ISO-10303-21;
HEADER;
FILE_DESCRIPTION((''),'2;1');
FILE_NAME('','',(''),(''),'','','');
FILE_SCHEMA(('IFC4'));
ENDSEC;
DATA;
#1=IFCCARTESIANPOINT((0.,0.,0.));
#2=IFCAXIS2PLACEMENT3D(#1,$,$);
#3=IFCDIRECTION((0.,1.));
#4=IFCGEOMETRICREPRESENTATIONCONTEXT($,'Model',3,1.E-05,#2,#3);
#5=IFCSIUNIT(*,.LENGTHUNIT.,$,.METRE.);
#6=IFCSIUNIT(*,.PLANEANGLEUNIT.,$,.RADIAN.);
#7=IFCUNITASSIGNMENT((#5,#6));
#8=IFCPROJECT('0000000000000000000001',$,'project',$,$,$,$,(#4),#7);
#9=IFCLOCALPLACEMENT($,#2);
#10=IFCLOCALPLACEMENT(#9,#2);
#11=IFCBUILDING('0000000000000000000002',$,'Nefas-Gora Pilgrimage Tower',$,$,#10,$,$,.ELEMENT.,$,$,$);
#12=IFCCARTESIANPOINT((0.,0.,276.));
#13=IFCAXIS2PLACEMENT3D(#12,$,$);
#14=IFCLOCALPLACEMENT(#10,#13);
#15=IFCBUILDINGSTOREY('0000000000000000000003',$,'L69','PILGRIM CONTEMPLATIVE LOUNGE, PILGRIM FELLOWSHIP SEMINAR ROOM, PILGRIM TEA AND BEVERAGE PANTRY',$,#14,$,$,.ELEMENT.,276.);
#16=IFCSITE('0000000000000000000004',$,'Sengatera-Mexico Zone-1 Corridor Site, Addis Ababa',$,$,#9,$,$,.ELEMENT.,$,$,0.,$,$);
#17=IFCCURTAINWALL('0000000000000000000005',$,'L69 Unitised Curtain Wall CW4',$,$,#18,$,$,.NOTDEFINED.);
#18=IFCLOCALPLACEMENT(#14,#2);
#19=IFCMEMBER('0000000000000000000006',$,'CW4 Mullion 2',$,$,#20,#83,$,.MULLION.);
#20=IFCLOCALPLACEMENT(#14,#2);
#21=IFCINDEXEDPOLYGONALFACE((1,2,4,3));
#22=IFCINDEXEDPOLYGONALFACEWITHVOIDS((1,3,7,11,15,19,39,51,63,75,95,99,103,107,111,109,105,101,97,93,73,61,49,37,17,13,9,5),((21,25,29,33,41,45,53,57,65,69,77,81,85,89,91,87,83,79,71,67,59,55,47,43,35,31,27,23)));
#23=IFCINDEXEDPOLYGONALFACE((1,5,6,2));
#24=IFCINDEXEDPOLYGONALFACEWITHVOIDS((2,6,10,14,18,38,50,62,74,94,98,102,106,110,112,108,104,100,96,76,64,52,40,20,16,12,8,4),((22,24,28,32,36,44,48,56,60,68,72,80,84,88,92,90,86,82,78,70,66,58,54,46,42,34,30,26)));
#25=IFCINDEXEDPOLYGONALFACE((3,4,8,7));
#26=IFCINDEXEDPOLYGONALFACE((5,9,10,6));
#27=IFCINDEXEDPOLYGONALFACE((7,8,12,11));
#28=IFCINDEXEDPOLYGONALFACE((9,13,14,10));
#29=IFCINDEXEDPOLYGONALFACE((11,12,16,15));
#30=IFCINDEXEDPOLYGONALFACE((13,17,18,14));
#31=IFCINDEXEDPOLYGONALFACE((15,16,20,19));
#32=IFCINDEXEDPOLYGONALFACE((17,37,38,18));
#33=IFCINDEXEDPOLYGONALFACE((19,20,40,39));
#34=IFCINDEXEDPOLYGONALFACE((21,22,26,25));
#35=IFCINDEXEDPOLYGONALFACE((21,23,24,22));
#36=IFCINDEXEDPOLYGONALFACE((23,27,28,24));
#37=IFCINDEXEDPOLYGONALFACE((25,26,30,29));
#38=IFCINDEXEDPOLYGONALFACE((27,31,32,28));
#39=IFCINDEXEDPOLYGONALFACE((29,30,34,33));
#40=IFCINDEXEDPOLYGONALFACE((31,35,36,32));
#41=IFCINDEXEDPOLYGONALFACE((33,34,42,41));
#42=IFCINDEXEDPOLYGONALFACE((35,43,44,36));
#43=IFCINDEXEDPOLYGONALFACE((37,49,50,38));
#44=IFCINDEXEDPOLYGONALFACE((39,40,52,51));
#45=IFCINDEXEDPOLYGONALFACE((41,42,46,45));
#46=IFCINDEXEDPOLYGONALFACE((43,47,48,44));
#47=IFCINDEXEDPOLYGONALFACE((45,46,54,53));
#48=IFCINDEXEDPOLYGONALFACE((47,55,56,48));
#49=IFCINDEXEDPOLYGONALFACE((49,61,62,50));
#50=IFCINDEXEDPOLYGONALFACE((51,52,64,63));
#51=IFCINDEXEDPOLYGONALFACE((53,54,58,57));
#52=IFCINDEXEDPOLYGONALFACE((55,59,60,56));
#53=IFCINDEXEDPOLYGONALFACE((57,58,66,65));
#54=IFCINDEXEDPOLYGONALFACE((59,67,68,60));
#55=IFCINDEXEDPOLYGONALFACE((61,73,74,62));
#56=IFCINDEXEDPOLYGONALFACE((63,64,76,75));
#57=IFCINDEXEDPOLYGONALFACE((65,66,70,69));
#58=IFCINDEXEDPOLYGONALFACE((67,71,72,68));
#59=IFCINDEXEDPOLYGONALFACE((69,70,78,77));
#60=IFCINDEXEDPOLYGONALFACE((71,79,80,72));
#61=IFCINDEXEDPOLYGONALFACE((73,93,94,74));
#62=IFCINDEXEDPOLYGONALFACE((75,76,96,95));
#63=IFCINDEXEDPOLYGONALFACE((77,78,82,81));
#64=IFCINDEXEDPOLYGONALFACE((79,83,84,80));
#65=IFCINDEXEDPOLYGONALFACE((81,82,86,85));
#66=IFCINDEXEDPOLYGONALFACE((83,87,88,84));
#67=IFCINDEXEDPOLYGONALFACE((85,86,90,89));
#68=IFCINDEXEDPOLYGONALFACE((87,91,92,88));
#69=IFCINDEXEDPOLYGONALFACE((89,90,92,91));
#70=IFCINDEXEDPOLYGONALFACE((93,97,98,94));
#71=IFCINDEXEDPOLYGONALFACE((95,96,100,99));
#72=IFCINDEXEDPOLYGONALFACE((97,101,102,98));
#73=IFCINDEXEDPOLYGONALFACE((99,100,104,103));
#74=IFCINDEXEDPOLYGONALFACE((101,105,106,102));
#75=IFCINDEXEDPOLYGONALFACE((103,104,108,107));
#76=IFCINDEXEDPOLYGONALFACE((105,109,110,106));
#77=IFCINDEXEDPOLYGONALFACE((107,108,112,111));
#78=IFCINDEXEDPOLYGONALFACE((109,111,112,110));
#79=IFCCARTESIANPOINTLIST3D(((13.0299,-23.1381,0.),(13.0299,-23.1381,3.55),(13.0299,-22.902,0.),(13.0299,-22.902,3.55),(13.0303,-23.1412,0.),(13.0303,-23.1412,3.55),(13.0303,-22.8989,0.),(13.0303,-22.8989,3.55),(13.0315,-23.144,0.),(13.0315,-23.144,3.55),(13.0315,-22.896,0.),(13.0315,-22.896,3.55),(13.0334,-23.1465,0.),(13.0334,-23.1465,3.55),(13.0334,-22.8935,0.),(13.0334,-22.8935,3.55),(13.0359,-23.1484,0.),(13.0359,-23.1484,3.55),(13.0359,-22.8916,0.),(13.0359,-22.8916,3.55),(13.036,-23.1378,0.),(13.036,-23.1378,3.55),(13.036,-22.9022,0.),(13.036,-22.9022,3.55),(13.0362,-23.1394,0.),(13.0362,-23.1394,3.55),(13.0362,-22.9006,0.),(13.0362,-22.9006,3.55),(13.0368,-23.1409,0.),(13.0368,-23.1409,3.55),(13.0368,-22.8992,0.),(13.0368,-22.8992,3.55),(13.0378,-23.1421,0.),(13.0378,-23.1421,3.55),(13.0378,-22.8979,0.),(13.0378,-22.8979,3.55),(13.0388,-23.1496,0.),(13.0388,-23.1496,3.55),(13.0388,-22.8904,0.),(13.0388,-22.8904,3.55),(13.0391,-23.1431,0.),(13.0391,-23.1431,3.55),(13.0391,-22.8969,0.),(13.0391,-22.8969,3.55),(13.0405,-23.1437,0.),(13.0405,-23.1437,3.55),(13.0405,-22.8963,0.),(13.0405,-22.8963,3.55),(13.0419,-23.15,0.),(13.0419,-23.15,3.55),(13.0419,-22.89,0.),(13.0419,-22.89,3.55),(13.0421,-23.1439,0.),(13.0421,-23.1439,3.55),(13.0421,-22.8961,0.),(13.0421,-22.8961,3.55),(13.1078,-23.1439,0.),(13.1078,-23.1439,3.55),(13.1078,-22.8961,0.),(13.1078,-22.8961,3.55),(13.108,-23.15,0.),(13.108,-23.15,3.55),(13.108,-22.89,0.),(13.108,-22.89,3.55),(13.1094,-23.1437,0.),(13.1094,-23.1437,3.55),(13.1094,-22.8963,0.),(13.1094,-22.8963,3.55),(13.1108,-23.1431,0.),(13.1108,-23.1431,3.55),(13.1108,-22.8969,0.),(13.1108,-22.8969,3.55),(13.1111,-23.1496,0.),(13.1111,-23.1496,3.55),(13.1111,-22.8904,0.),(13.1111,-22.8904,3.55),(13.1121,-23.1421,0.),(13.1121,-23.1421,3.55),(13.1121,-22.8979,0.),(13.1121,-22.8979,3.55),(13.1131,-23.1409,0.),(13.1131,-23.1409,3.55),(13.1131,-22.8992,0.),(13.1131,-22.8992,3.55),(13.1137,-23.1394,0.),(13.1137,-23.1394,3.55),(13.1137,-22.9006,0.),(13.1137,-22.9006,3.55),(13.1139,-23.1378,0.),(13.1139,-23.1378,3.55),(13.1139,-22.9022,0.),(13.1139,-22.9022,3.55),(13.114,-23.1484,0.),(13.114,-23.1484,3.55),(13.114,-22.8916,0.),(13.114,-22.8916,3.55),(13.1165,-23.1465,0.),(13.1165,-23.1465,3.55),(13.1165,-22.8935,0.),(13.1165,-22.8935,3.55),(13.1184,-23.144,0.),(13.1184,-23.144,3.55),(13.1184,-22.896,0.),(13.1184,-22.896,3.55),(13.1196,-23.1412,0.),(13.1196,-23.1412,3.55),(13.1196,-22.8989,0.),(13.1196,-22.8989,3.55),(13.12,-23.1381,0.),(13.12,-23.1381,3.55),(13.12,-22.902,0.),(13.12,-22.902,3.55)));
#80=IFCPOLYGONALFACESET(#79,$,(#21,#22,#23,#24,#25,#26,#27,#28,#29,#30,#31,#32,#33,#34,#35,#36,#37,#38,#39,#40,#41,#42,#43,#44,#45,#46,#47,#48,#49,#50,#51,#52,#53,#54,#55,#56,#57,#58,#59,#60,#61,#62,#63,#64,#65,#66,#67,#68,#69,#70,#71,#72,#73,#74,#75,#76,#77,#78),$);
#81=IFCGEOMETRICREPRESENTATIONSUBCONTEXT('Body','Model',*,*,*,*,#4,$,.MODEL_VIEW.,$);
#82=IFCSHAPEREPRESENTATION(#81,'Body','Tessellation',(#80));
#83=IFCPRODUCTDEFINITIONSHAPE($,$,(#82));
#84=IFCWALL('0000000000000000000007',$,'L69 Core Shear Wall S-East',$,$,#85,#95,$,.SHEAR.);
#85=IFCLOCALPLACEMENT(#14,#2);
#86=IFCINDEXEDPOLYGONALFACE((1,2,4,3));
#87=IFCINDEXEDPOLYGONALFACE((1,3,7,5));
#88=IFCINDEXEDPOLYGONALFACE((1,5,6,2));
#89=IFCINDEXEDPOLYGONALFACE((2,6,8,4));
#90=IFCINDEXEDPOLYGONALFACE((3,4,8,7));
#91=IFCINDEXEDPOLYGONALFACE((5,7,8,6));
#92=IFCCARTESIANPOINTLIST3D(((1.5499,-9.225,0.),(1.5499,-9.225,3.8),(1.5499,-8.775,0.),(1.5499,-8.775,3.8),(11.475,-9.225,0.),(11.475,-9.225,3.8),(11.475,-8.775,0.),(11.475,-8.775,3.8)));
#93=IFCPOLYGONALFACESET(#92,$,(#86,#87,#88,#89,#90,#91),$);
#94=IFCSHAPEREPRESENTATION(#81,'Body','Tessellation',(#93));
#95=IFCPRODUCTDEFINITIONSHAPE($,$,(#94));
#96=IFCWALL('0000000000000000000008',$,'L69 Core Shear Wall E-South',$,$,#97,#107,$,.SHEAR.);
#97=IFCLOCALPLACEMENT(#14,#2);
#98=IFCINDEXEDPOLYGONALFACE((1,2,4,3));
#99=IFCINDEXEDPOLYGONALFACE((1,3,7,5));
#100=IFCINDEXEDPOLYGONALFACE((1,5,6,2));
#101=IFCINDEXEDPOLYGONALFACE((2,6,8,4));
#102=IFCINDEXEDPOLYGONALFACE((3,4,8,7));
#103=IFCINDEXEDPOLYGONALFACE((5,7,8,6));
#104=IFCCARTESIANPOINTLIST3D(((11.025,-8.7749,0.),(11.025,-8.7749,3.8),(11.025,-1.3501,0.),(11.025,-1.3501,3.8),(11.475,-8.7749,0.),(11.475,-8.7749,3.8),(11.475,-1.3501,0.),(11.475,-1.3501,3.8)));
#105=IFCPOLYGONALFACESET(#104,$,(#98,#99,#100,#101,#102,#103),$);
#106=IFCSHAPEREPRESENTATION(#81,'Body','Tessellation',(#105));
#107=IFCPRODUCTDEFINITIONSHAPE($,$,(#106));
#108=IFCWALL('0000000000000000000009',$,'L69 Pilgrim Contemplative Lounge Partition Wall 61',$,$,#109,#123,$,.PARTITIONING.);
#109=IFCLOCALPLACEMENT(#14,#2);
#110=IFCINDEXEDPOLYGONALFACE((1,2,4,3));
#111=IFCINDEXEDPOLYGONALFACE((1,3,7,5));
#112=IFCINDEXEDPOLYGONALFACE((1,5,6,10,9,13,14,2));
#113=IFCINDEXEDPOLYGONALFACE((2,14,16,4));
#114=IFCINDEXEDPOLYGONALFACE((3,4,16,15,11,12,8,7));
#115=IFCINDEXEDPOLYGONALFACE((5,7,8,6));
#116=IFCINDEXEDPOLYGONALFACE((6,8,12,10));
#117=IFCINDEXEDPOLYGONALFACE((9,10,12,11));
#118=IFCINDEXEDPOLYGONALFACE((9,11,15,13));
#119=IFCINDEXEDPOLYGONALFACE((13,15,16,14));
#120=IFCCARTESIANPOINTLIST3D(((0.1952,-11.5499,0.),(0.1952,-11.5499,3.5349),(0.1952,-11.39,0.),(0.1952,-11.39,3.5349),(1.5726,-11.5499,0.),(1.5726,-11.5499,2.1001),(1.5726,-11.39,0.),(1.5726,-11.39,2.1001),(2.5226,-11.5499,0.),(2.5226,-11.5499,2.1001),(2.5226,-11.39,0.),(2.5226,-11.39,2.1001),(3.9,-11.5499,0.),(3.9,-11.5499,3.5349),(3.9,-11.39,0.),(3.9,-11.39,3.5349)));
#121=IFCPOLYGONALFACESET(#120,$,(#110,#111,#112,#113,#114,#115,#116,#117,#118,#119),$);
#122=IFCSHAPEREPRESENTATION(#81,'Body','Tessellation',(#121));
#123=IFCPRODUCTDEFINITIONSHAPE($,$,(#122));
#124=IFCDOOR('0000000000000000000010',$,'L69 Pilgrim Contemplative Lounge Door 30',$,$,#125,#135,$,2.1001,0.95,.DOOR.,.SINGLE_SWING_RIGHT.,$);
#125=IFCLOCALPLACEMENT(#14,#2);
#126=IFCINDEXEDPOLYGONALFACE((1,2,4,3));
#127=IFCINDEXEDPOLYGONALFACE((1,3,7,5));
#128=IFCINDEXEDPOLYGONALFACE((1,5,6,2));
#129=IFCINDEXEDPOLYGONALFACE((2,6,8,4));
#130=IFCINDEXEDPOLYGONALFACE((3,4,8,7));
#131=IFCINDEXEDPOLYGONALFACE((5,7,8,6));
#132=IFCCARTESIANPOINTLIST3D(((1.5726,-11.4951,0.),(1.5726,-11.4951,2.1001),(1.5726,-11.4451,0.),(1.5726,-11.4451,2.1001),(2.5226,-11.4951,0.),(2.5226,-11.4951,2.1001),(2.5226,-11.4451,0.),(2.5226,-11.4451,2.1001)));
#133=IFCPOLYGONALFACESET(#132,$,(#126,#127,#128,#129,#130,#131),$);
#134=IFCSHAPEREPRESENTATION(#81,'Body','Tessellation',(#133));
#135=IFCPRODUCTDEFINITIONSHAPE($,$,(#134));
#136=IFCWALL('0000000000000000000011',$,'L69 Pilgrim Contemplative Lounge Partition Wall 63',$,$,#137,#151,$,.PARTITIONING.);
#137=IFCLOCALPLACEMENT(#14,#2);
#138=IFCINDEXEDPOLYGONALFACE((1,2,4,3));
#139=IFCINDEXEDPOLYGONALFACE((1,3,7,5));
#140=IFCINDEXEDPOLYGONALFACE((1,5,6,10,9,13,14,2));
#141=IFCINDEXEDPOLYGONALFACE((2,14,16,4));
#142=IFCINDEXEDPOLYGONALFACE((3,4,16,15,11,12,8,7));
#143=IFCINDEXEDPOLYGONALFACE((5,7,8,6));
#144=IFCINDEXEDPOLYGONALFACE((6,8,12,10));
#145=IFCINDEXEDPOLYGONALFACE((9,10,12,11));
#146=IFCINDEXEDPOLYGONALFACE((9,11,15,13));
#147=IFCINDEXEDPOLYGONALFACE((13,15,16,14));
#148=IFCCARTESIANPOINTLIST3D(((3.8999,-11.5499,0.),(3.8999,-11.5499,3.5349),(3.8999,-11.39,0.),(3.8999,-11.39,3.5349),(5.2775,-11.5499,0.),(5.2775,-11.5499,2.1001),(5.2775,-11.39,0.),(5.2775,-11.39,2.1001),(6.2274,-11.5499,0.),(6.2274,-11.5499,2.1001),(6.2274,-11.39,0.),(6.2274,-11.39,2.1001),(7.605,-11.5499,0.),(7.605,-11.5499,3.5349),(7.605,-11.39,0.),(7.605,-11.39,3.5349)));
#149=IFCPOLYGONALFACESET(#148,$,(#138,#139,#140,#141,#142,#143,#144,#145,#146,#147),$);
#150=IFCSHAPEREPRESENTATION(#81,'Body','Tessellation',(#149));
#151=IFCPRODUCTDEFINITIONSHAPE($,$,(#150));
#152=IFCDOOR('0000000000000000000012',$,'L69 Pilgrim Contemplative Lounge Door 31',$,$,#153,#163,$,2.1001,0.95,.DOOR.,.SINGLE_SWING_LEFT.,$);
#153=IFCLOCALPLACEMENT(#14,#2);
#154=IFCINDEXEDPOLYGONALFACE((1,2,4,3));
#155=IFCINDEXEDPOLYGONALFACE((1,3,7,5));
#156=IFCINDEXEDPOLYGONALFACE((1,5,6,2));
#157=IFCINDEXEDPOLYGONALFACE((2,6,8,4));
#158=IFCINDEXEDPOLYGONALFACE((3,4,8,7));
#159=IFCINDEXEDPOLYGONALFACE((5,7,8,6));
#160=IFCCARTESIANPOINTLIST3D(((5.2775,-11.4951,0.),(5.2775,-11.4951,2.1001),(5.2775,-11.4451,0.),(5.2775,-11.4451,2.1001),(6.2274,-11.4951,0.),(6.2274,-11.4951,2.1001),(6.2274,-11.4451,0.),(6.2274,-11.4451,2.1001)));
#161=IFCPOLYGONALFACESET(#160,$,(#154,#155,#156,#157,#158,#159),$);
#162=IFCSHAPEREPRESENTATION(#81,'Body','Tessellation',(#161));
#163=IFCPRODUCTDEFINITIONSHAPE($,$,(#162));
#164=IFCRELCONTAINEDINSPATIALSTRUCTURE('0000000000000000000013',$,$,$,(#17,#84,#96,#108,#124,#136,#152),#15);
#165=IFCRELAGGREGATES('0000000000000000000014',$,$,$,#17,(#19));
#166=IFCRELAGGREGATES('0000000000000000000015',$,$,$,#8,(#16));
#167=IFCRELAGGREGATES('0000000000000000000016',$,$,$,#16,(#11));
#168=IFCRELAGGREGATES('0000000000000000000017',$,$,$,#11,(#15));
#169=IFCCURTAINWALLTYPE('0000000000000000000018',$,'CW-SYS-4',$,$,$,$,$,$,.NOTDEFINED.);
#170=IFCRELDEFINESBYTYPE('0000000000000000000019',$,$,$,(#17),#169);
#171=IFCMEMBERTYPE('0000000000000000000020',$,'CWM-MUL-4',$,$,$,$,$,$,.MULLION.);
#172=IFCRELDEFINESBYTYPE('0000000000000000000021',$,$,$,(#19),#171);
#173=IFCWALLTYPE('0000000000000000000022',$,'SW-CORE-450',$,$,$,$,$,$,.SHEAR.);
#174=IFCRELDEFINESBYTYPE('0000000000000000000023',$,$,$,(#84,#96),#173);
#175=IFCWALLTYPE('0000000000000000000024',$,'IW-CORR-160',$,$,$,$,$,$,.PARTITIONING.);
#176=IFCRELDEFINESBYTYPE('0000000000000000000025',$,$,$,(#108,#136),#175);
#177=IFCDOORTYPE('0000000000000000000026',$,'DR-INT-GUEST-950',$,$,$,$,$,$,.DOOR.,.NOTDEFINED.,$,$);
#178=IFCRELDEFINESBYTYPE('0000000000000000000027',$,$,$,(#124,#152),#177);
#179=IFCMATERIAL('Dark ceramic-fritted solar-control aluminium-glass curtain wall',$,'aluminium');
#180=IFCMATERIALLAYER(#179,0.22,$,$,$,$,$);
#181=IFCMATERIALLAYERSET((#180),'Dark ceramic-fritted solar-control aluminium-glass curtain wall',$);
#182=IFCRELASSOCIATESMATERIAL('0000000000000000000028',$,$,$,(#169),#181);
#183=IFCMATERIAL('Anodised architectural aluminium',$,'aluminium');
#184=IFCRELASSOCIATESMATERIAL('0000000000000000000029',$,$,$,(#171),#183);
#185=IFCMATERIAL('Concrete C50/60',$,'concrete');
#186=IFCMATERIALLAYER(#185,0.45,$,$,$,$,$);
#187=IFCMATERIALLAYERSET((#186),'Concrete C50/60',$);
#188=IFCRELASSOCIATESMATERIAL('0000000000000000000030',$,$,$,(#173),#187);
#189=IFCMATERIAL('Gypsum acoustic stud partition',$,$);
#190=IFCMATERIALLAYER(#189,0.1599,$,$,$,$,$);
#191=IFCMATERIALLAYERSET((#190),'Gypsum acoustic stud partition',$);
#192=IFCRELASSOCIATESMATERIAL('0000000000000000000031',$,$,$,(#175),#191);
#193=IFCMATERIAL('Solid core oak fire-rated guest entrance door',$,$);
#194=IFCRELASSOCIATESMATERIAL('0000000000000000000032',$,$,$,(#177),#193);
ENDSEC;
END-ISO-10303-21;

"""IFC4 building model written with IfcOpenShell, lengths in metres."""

from ifc_helpers import new_model, si_unit, direction, frame, frame_2d, origin, origin_2d, place, context, subcontext, project, spatial, rectangle, hollow_rectangle, extrude, source, transform, mapped, material, layer, layer_set, material_profile, profile_set, type_object, element, fill, aggregate, save


model = new_model("IFC4")

# Units and contexts
model_context = context("Model", 3, precision=1e-05, world=origin(), true_north=direction((0.0, 1.0)))
body_context = subcontext(model_context, "Body", "Model", "MODEL_VIEW")
ifc_project = project(units=[si_unit("LENGTHUNIT", "METRE"), si_unit("PLANEANGLEUNIT", "RADIAN")], contexts=[model_context])

# Site, building, storey
site_placement = place(None, origin())
site = spatial("IfcSite", under=ifc_project, at=site_placement, Name="Sengatera-Mexico Zone-1 Corridor Site, Addis Ababa", CompositionType="ELEMENT", RefElevation=0.0)
building_placement = place(site_placement, origin())
building = spatial("IfcBuilding", under=site, at=building_placement, Name="Nefas-Gora Pilgrimage Tower", CompositionType="ELEMENT")
storey_placement = place(building_placement, frame((0.0, 0.0, 276.0)))
storey = spatial("IfcBuildingStorey", under=building, at=storey_placement, Name="L69", Description="PILGRIM CONTEMPLATIVE LOUNGE, PILGRIM FELLOWSHIP SEMINAR ROOM, PILGRIM TEA AND BEVERAGE PANTRY", CompositionType="ELEMENT", Elevation=276.0)

# Curtain wall, member
ifc_material_1 = material(Name="Dark ceramic-fritted solar-control aluminium-glass curtain wall", Category="aluminium")
ifc_layer_1 = layer(ifc_material_1, 0.22)
ifc_layer_set_1 = layer_set([ifc_layer_1], Name="Dark ceramic-fritted solar-control aluminium-glass curtain wall")
curtain_wall_type = type_object("IfcCurtainWallType", Name="CW-SYS-4", PredefinedType="NOTDEFINED", material=ifc_layer_set_1)
curtain_wall_placement = place(storey_placement, origin())
curtain_wall = element("IfcCurtainWall", 1, at=curtain_wall_placement, inside=storey, type_object=curtain_wall_type, Name="L69 Unitised Curtain Wall CW4", PredefinedType="NOTDEFINED")
ifc_material_2 = material(Name="Anodised architectural aluminium", Category="aluminium")
ifc_material_profile_1 = material_profile(ifc_material_2, hollow_rectangle(XDim=0.0901, YDim=0.26, WallThickness=0.0061, InnerFilletRadius=0.0061, OuterFilletRadius=0.012, at=origin_2d()), Name="ALU MULLION 90x260")
ifc_profile_set_1 = profile_set([ifc_material_profile_1], Name="Anodised architectural aluminium")
member_type = type_object("IfcMemberType", Name="CWM-MUL-4", PredefinedType="MULLION", material=ifc_profile_set_1)
shared_shape_1 = source(origin(), body_context, "Body", "SweptSolid", [
    extrude(hollow_rectangle(XDim=0.0901, YDim=0.26, WallThickness=0.0061, InnerFilletRadius=0.0061, OuterFilletRadius=0.012, at=origin_2d()), origin(), (0.0, 0.0, 1.0), 3.55),
])
member_placement = place(storey_placement, frame((13.075, -23.02, 0.0), z_axis=(0.0, 0.0, 1.0), x_axis=(1.0, 0.0, 0.0)))
member = element("IfcMember", 2, at=member_placement, type_object=member_type, Name="CW4 Mullion 2", PredefinedType="MULLION", context=body_context, shape_type="MappedRepresentation", body=[
    mapped(shared_shape_1, transform((0.0, 0.0, 0.0), x_axis=(1.0, 0.0, 0.0), y_axis=(0.0, 1.0, 0.0), z_axis=(0.0, 0.0, 1.0), scale=1.0)),
])
aggregate(curtain_wall, [member])

# Walls
ifc_material_3 = material(Name="Concrete C50/60", Category="concrete")
ifc_layer_2 = layer(ifc_material_3, 0.45)
ifc_layer_set_2 = layer_set([ifc_layer_2], Name="Concrete C50/60")
wall_type_1 = type_object("IfcWallType", Name="SW-CORE-450", PredefinedType="SHEAR", material=ifc_layer_set_2)
shared_shape_2 = source(origin(), body_context, "Body", "SweptSolid", [
    extrude(rectangle(XDim=9.925, YDim=0.45, at=frame_2d((4.9624, 0.0))), origin(), (0.0, 0.0, 1.0), 3.8),
])
wall_1_placement = place(storey_placement, frame((1.55, -9.0, 0.0), z_axis=(0.0, 0.0, 1.0), x_axis=(1.0, 0.0, 0.0)))
element("IfcWall", 3, at=wall_1_placement, inside=storey, type_object=wall_type_1, Name="L69 Core Shear Wall S-East", PredefinedType="SHEAR", context=body_context, shape_type="MappedRepresentation", body=[
    mapped(shared_shape_2, transform((0.0, 0.0, 0.0), x_axis=(1.0, 0.0, 0.0), y_axis=(0.0, 1.0, 0.0), z_axis=(0.0, 0.0, 1.0), scale=1.0)),
])
shared_shape_3 = source(origin(), body_context, "Body", "SweptSolid", [
    extrude(rectangle(XDim=7.4248, YDim=0.45, at=frame_2d((3.7124, 0.0))), origin(), (0.0, 0.0, 1.0), 3.8),
])
wall_2_placement = place(storey_placement, frame((11.25, -8.7749, 0.0), z_axis=(0.0, 0.0, 1.0), x_axis=(0.0, 1.0, 0.0)))
element("IfcWall", 4, at=wall_2_placement, inside=storey, type_object=wall_type_1, Name="L69 Core Shear Wall E-South", PredefinedType="SHEAR", context=body_context, shape_type="MappedRepresentation", body=[
    mapped(shared_shape_3, transform((0.0, 0.0, 0.0), x_axis=(1.0, 0.0, 0.0), y_axis=(0.0, 1.0, 0.0), z_axis=(0.0, 0.0, 1.0), scale=1.0)),
])

# Walls, openings, doors
ifc_material_4 = material(Name="Gypsum acoustic stud partition")
ifc_layer_3 = layer(ifc_material_4, 0.1599)
ifc_layer_set_3 = layer_set([ifc_layer_3], Name="Gypsum acoustic stud partition")
wall_type_2 = type_object("IfcWallType", Name="IW-CORR-160", PredefinedType="PARTITIONING", material=ifc_layer_set_3)
shared_shape_4 = source(origin(), body_context, "Body", "SweptSolid", [
    extrude(rectangle(XDim=3.7048, YDim=0.1599, at=frame_2d((1.8525, 0.0))), origin(), (0.0, 0.0, 1.0), 3.5349),
])
wall_3_placement = place(storey_placement, frame((0.1951, -11.47, 0.0), z_axis=(0.0, 0.0, 1.0), x_axis=(1.0, 0.0, 0.0)))
wall_3 = element("IfcWall", 5, at=wall_3_placement, inside=storey, type_object=wall_type_2, Name="L69 Pilgrim Contemplative Lounge Partition Wall 61", PredefinedType="PARTITIONING", context=body_context, shape_type="MappedRepresentation", body=[
    mapped(shared_shape_4, transform((0.0, 0.0, 0.0), x_axis=(1.0, 0.0, 0.0), y_axis=(0.0, 1.0, 0.0), z_axis=(0.0, 0.0, 1.0), scale=1.0)),
])
opening_1_placement = place(wall_3_placement, frame((1.3774, 0.0, 0.0)))
opening_1 = element("IfcOpeningElement", 6, at=opening_1_placement, cuts=wall_3, PredefinedType="OPENING", context=body_context, shape_type="SweptSolid", body=[
    extrude(rectangle(XDim=0.95, YDim=2.1001, at=frame_2d((0.4751, 1.05))), frame((0.0, 0.0898, 0.0), z_axis=(0.0, -1.0, 0.0), x_axis=(1.0, 0.0, 0.0)), (0.0, 0.0, 1.0), 0.1799),
])
ifc_material_5 = material(Name="Solid core oak fire-rated guest entrance door")
door_type_1 = type_object("IfcDoorType", Name="DR-INT-GUEST-950", OperationType="NOTDEFINED", PredefinedType="DOOR", material=ifc_material_5)
shared_shape_5 = source(origin(), body_context, "Body", "SweptSolid", [
    extrude(rectangle(XDim=0.95, YDim=2.1001, at=frame_2d((0.4751, 1.05))), frame((0.0, 0.0249, 0.0), z_axis=(0.0, -1.0, 0.0), x_axis=(1.0, 0.0, 0.0)), (0.0, 0.0, 1.0), 0.05),
])
door_1_placement = place(opening_1_placement, origin())
door_1 = element("IfcDoor", 7, at=door_1_placement, inside=storey, type_object=door_type_1, Name="L69 Pilgrim Contemplative Lounge Door 30", OperationType="SINGLE_SWING_RIGHT", OverallHeight=2.1001, OverallWidth=0.95, PredefinedType="DOOR", context=body_context, shape_type="MappedRepresentation", body=[
    mapped(shared_shape_5, transform((0.0, 0.0, 0.0), x_axis=(1.0, 0.0, 0.0), y_axis=(0.0, 1.0, 0.0), z_axis=(0.0, 0.0, 1.0), scale=1.0)),
])
fill(opening_1, door_1)
shared_shape_6 = source(origin(), body_context, "Body", "SweptSolid", [
    extrude(rectangle(XDim=3.7051, YDim=0.1599, at=frame_2d((1.8525, 0.0))), origin(), (0.0, 0.0, 1.0), 3.5349),
])
wall_4_placement = place(storey_placement, frame((3.8999, -11.47, 0.0), z_axis=(0.0, 0.0, 1.0), x_axis=(1.0, 0.0, 0.0)))
wall_4 = element("IfcWall", 8, at=wall_4_placement, inside=storey, type_object=wall_type_2, Name="L69 Pilgrim Contemplative Lounge Partition Wall 63", PredefinedType="PARTITIONING", context=body_context, shape_type="MappedRepresentation", body=[
    mapped(shared_shape_6, transform((0.0, 0.0, 0.0), x_axis=(1.0, 0.0, 0.0), y_axis=(0.0, 1.0, 0.0), z_axis=(0.0, 0.0, 1.0), scale=1.0)),
])
opening_2_placement = place(wall_4_placement, frame((1.3774, 0.0, 0.0)))
opening_2 = element("IfcOpeningElement", 9, at=opening_2_placement, cuts=wall_4, PredefinedType="OPENING", context=body_context, shape_type="SweptSolid", body=[
    extrude(rectangle(XDim=0.95, YDim=2.1001, at=frame_2d((0.4751, 1.05))), frame((0.0, 0.0898, 0.0), z_axis=(0.0, -1.0, 0.0), x_axis=(1.0, 0.0, 0.0)), (0.0, 0.0, 1.0), 0.1799),
])
door_2_placement = place(opening_2_placement, origin())
door_2 = element("IfcDoor", 10, at=door_2_placement, inside=storey, type_object=door_type_1, Name="L69 Pilgrim Contemplative Lounge Door 31", OperationType="SINGLE_SWING_LEFT", OverallHeight=2.1001, OverallWidth=0.95, PredefinedType="DOOR", context=body_context, shape_type="MappedRepresentation", body=[
    mapped(shared_shape_5, transform((0.0, 0.0, 0.0), x_axis=(1.0, 0.0, 0.0), y_axis=(0.0, 1.0, 0.0), z_axis=(0.0, 0.0, 1.0), scale=1.0)),
])
fill(opening_2, door_2)

save(model, "model.ifc")
